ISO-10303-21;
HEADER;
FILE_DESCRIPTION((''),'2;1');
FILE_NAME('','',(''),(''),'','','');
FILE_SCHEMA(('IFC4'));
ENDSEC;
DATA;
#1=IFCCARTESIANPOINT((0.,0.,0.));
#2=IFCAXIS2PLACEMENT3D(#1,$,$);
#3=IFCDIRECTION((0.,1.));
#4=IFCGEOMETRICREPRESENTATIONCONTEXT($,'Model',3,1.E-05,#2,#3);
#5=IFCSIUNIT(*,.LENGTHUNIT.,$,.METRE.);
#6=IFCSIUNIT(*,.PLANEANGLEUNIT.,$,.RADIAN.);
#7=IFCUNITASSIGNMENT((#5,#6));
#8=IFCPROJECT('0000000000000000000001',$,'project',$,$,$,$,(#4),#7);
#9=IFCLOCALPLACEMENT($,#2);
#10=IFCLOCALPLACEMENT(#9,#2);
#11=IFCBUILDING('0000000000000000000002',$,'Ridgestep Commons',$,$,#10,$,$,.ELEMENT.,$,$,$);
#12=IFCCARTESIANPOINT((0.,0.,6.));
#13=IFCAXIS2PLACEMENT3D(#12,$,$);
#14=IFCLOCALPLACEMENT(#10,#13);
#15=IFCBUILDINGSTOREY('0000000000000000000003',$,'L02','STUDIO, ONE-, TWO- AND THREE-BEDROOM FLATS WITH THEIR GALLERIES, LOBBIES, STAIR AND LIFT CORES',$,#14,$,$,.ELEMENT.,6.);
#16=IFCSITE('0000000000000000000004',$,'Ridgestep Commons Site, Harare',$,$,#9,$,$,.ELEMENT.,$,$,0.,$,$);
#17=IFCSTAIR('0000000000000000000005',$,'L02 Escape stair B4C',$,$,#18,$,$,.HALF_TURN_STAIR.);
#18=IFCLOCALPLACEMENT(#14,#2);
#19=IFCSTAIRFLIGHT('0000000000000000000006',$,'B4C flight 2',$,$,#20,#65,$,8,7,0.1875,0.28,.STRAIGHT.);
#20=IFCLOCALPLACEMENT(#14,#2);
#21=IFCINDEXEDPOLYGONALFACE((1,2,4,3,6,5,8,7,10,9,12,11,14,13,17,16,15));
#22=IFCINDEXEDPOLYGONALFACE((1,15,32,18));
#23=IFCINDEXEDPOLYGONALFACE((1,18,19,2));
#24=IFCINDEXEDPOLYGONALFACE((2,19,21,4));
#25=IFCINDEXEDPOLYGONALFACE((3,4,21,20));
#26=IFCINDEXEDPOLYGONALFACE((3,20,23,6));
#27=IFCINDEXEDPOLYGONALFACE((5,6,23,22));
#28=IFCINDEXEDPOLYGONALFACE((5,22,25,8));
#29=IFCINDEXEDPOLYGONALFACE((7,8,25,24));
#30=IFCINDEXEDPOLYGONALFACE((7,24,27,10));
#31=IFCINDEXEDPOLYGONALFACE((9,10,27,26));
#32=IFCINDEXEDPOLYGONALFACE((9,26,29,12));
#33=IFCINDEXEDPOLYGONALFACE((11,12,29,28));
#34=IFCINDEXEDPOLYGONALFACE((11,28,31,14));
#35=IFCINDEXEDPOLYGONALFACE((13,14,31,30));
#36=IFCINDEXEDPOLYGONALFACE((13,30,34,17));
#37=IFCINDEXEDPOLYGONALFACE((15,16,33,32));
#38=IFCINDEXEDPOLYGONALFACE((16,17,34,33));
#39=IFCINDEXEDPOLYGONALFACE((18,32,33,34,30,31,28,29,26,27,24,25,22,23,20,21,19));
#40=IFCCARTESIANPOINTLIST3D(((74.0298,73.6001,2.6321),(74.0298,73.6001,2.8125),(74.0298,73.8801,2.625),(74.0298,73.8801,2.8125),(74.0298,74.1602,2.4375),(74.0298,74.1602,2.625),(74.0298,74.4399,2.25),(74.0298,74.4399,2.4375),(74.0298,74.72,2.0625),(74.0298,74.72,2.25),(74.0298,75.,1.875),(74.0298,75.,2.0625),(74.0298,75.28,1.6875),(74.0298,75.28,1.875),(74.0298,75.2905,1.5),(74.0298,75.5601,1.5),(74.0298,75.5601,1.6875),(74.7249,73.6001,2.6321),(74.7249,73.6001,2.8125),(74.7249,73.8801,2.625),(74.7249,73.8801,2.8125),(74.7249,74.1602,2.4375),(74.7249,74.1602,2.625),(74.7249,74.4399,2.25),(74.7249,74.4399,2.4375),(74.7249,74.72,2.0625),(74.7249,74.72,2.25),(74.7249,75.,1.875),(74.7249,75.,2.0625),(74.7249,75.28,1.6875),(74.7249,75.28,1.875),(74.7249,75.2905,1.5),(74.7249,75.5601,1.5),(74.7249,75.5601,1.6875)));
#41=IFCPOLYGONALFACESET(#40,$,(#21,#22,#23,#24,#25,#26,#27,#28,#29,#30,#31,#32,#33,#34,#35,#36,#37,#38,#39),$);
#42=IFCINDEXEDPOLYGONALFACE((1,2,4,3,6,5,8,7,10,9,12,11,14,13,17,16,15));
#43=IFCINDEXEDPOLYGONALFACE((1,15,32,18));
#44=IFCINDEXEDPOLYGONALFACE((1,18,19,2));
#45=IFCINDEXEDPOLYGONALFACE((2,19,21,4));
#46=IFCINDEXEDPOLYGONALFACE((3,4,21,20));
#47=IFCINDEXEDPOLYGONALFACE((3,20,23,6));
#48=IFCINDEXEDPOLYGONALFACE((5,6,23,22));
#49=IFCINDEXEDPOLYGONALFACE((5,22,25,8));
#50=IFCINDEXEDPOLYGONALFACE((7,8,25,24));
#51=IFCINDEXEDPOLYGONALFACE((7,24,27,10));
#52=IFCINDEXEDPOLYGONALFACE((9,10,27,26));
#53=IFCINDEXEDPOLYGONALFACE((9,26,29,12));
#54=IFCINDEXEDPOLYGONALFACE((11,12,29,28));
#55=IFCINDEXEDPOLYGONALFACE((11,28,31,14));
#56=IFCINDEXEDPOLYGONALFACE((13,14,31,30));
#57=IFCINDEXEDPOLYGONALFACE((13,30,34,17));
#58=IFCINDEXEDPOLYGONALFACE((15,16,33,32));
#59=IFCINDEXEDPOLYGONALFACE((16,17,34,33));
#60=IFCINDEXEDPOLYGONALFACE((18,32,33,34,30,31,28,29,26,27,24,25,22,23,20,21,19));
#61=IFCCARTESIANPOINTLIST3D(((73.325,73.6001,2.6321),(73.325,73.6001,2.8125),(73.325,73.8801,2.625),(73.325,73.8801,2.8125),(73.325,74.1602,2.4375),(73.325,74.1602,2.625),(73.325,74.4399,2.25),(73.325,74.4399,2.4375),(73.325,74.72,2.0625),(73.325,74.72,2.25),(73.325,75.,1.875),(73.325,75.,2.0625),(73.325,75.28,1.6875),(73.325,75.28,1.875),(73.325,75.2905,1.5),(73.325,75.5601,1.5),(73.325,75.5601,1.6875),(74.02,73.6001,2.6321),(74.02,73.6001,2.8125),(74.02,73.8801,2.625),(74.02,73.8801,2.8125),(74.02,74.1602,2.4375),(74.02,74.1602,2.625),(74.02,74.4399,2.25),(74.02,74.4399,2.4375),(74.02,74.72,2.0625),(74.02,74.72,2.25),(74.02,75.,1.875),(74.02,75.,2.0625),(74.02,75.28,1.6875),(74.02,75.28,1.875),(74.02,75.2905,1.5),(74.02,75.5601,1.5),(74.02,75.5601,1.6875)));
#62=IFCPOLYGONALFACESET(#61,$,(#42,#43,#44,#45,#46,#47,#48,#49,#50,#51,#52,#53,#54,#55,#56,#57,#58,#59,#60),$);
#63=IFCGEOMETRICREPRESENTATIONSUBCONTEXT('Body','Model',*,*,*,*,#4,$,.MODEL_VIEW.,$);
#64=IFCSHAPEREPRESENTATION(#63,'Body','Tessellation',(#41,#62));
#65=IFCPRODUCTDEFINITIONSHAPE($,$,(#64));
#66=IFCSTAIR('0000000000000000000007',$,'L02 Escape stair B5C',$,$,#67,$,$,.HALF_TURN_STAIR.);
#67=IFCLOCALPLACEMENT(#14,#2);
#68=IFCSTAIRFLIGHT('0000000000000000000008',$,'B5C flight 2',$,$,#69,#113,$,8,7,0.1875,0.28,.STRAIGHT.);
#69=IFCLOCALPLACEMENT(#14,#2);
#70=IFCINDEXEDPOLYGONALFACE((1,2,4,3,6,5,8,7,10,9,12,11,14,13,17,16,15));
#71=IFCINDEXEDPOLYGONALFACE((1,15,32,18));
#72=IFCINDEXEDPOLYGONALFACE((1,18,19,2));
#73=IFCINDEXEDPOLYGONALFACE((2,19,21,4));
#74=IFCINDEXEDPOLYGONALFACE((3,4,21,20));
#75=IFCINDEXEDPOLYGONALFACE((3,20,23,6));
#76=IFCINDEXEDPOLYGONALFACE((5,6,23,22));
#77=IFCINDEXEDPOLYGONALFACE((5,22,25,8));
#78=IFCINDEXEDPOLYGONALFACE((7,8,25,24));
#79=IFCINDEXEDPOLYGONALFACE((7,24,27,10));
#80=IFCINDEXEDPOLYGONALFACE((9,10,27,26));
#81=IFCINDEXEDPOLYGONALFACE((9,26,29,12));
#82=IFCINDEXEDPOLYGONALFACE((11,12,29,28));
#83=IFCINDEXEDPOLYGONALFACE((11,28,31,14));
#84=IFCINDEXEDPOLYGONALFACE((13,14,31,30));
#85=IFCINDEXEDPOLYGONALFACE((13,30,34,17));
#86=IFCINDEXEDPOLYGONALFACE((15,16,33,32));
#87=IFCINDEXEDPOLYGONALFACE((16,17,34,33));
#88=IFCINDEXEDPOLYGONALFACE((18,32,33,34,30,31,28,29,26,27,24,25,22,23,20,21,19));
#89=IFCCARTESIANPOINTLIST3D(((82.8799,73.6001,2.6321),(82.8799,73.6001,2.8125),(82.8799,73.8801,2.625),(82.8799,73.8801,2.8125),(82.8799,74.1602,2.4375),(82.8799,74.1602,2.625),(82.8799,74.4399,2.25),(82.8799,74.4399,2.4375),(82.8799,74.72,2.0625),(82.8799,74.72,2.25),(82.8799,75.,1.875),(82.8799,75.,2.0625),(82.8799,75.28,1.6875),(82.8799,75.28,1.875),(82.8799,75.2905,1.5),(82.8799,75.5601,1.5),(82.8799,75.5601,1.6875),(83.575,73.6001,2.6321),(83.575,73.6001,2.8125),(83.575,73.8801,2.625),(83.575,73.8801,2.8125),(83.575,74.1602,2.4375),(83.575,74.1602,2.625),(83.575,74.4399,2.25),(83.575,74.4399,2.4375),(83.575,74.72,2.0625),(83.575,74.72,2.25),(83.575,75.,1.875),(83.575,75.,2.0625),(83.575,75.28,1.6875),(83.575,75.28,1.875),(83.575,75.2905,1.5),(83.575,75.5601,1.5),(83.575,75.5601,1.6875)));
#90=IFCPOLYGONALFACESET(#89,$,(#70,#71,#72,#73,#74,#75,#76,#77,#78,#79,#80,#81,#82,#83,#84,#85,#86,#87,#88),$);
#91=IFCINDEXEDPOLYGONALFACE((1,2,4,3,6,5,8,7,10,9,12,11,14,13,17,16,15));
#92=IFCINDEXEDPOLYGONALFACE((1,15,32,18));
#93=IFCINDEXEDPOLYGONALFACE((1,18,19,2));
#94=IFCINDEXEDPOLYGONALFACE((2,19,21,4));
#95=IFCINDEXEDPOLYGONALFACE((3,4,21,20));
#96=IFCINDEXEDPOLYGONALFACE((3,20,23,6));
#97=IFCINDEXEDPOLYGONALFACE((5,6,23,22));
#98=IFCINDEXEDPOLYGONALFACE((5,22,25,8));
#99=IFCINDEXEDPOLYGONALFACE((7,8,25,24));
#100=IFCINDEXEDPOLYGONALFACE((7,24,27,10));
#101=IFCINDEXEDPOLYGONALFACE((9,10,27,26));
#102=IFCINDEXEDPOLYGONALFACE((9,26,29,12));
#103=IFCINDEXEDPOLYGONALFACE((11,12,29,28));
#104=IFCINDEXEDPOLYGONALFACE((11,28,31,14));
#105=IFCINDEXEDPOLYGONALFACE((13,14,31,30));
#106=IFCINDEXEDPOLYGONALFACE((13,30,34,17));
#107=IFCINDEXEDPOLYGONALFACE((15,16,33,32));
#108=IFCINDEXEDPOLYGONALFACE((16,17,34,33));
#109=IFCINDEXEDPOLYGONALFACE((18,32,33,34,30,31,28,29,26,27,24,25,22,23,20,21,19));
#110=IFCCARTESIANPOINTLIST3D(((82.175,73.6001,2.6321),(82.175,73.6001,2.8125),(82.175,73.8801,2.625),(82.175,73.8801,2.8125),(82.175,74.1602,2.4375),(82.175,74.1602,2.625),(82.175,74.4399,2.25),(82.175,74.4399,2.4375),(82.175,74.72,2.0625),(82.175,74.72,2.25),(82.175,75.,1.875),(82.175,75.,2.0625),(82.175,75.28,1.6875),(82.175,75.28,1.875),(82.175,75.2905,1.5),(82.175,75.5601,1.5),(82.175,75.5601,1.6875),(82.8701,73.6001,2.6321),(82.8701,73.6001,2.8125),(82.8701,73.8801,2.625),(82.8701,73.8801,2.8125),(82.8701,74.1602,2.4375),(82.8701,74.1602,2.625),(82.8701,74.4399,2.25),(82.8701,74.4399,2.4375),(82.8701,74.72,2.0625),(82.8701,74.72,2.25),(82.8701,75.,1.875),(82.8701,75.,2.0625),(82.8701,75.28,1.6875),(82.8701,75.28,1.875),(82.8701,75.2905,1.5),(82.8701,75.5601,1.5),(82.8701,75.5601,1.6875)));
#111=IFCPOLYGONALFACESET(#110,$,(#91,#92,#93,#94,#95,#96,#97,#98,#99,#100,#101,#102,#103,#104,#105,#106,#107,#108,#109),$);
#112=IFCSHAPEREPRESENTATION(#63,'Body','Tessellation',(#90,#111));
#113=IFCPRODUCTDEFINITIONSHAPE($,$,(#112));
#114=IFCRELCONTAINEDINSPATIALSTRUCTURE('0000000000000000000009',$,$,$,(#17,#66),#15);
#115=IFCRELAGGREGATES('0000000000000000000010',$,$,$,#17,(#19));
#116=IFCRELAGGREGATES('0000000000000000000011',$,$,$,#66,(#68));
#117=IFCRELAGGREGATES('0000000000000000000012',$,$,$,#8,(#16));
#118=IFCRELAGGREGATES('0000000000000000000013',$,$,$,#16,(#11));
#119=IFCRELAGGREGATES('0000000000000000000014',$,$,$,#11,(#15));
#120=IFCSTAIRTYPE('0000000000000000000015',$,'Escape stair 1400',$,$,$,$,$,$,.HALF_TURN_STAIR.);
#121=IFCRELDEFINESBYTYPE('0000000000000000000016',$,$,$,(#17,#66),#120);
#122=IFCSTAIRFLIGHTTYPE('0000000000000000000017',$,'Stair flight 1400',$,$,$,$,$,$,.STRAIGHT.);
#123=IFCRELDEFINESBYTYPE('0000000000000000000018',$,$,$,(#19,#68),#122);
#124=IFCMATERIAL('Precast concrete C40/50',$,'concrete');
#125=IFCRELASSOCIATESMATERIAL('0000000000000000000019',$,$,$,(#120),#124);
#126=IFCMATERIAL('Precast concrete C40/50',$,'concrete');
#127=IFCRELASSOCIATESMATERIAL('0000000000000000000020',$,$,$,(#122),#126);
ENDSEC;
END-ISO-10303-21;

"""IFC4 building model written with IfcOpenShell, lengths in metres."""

from ifc_helpers import new_model, si_unit, direction, frame, origin, place, context, subcontext, project, spatial, polyline, outline, extrude, material, type_object, element, aggregate, save


model = new_model("IFC4")

# Units and contexts
model_context = context("Model", 3, precision=1e-05, world=origin(), true_north=direction((0.0, 1.0)))
body_context = subcontext(model_context, "Body", "Model", "MODEL_VIEW")
ifc_project = project(units=[si_unit("LENGTHUNIT", "METRE"), si_unit("PLANEANGLEUNIT", "RADIAN")], contexts=[model_context])

# Site, building, storey
site_placement = place(None, origin())
site = spatial("IfcSite", under=ifc_project, at=site_placement, Name="Ridgestep Commons Site, Harare", CompositionType="ELEMENT", RefElevation=0.0)
building_placement = place(site_placement, origin())
building = spatial("IfcBuilding", under=site, at=building_placement, Name="Ridgestep Commons", CompositionType="ELEMENT")
storey_placement = place(building_placement, frame((0.0, 0.0, 6.0)))
storey = spatial("IfcBuildingStorey", under=building, at=storey_placement, Name="L02", Description="STUDIO, ONE-, TWO- AND THREE-BEDROOM FLATS WITH THEIR GALLERIES, LOBBIES, STAIR AND LIFT CORES", CompositionType="ELEMENT", Elevation=6.0)

# Stair, stair flight
ifc_material_1 = material(Name="Precast concrete C40/50", Category="concrete")
stair_type = type_object("IfcStairType", Name="Escape stair 1400", PredefinedType="HALF_TURN_STAIR", material=ifc_material_1)
stair_1_placement = place(storey_placement, origin())
stair_1 = element("IfcStair", 1, at=stair_1_placement, inside=storey, type_object=stair_type, Name="L02 Escape stair B4C", PredefinedType="HALF_TURN_STAIR")
ifc_material_2 = material(Name="Precast concrete C40/50", Category="concrete")
stair_flight_type = type_object("IfcStairFlightType", Name="Stair flight 1400", PredefinedType="STRAIGHT", material=ifc_material_2)
stair_flight_1_placement = place(storey_placement, frame((74.0249, 75.5601, 1.5), z_axis=(0.0, 0.0, 1.0), x_axis=(0.0, -1.0, 0.0)))
stair_flight_1 = element("IfcStairFlight", 2, at=stair_flight_1_placement, type_object=stair_flight_type, Name="B4C flight 2", NumberOfRisers=8, NumberOfTreads=7, PredefinedType="STRAIGHT", RiserHeight=0.1875, TreadLength=0.28, context=body_context, shape_type="SweptSolid", body=[
    extrude(outline(polyline([(0.0, 0.0), (0.0, 0.1875), (0.28, 0.1875), (0.28, 0.375), (0.5601, 0.375), (0.5601, 0.5625), (0.8401, 0.5625), (0.8401, 0.75), (1.1201, 0.75), (1.1201, 0.9375), (1.3999, 0.9375), (1.3999, 1.125), (1.6799, 1.125), (1.6799, 1.3125), (1.96, 1.3125), (1.96, 1.5), (1.96, 1.1321), (0.2695, 0.0), (0.0, 0.0)])), frame((0.0, 0.7, 0.0), z_axis=(0.0, -1.0, 0.0), x_axis=(1.0, 0.0, 0.0)), (0.0, 0.0, 1.0), 0.6951),
    extrude(outline(polyline([(0.0, 0.0), (0.0, 0.1875), (0.28, 0.1875), (0.28, 0.375), (0.5601, 0.375), (0.5601, 0.5625), (0.8401, 0.5625), (0.8401, 0.75), (1.1201, 0.75), (1.1201, 0.9375), (1.3999, 0.9375), (1.3999, 1.125), (1.6799, 1.125), (1.6799, 1.3125), (1.96, 1.3125), (1.96, 1.5), (1.96, 1.1321), (0.2695, 0.0), (0.0, 0.0)])), frame((0.0, -0.0049, 0.0), z_axis=(0.0, -1.0, 0.0), x_axis=(1.0, 0.0, 0.0)), (0.0, 0.0, 1.0), 0.6951),
])
aggregate(stair_1, [stair_flight_1])

# Stair, stair flight
stair_2_placement = place(storey_placement, origin())
stair_2 = element("IfcStair", 3, at=stair_2_placement, inside=storey, type_object=stair_type, Name="L02 Escape stair B5C", PredefinedType="HALF_TURN_STAIR")
stair_flight_2_placement = place(storey_placement, frame((82.875, 75.5601, 1.5), z_axis=(0.0, 0.0, 1.0), x_axis=(0.0, -1.0, 0.0)))
stair_flight_2 = element("IfcStairFlight", 4, at=stair_flight_2_placement, type_object=stair_flight_type, Name="B5C flight 2", NumberOfRisers=8, NumberOfTreads=7, PredefinedType="STRAIGHT", RiserHeight=0.1875, TreadLength=0.28, context=body_context, shape_type="SweptSolid", body=[
    extrude(outline(polyline([(0.0, 0.0), (0.0, 0.1875), (0.28, 0.1875), (0.28, 0.375), (0.5601, 0.375), (0.5601, 0.5625), (0.8401, 0.5625), (0.8401, 0.75), (1.1201, 0.75), (1.1201, 0.9375), (1.3999, 0.9375), (1.3999, 1.125), (1.6799, 1.125), (1.6799, 1.3125), (1.96, 1.3125), (1.96, 1.5), (1.96, 1.1321), (0.2695, 0.0), (0.0, 0.0)])), frame((0.0, 0.7, 0.0), z_axis=(0.0, -1.0, 0.0), x_axis=(1.0, 0.0, 0.0)), (0.0, 0.0, 1.0), 0.6951),
    extrude(outline(polyline([(0.0, 0.0), (0.0, 0.1875), (0.28, 0.1875), (0.28, 0.375), (0.5601, 0.375), (0.5601, 0.5625), (0.8401, 0.5625), (0.8401, 0.75), (1.1201, 0.75), (1.1201, 0.9375), (1.3999, 0.9375), (1.3999, 1.125), (1.6799, 1.125), (1.6799, 1.3125), (1.96, 1.3125), (1.96, 1.5), (1.96, 1.1321), (0.2695, 0.0), (0.0, 0.0)])), frame((0.0, -0.0049, 0.0), z_axis=(0.0, -1.0, 0.0), x_axis=(1.0, 0.0, 0.0)), (0.0, 0.0, 1.0), 0.6951),
])
aggregate(stair_2, [stair_flight_2])

save(model, "model.ifc")
